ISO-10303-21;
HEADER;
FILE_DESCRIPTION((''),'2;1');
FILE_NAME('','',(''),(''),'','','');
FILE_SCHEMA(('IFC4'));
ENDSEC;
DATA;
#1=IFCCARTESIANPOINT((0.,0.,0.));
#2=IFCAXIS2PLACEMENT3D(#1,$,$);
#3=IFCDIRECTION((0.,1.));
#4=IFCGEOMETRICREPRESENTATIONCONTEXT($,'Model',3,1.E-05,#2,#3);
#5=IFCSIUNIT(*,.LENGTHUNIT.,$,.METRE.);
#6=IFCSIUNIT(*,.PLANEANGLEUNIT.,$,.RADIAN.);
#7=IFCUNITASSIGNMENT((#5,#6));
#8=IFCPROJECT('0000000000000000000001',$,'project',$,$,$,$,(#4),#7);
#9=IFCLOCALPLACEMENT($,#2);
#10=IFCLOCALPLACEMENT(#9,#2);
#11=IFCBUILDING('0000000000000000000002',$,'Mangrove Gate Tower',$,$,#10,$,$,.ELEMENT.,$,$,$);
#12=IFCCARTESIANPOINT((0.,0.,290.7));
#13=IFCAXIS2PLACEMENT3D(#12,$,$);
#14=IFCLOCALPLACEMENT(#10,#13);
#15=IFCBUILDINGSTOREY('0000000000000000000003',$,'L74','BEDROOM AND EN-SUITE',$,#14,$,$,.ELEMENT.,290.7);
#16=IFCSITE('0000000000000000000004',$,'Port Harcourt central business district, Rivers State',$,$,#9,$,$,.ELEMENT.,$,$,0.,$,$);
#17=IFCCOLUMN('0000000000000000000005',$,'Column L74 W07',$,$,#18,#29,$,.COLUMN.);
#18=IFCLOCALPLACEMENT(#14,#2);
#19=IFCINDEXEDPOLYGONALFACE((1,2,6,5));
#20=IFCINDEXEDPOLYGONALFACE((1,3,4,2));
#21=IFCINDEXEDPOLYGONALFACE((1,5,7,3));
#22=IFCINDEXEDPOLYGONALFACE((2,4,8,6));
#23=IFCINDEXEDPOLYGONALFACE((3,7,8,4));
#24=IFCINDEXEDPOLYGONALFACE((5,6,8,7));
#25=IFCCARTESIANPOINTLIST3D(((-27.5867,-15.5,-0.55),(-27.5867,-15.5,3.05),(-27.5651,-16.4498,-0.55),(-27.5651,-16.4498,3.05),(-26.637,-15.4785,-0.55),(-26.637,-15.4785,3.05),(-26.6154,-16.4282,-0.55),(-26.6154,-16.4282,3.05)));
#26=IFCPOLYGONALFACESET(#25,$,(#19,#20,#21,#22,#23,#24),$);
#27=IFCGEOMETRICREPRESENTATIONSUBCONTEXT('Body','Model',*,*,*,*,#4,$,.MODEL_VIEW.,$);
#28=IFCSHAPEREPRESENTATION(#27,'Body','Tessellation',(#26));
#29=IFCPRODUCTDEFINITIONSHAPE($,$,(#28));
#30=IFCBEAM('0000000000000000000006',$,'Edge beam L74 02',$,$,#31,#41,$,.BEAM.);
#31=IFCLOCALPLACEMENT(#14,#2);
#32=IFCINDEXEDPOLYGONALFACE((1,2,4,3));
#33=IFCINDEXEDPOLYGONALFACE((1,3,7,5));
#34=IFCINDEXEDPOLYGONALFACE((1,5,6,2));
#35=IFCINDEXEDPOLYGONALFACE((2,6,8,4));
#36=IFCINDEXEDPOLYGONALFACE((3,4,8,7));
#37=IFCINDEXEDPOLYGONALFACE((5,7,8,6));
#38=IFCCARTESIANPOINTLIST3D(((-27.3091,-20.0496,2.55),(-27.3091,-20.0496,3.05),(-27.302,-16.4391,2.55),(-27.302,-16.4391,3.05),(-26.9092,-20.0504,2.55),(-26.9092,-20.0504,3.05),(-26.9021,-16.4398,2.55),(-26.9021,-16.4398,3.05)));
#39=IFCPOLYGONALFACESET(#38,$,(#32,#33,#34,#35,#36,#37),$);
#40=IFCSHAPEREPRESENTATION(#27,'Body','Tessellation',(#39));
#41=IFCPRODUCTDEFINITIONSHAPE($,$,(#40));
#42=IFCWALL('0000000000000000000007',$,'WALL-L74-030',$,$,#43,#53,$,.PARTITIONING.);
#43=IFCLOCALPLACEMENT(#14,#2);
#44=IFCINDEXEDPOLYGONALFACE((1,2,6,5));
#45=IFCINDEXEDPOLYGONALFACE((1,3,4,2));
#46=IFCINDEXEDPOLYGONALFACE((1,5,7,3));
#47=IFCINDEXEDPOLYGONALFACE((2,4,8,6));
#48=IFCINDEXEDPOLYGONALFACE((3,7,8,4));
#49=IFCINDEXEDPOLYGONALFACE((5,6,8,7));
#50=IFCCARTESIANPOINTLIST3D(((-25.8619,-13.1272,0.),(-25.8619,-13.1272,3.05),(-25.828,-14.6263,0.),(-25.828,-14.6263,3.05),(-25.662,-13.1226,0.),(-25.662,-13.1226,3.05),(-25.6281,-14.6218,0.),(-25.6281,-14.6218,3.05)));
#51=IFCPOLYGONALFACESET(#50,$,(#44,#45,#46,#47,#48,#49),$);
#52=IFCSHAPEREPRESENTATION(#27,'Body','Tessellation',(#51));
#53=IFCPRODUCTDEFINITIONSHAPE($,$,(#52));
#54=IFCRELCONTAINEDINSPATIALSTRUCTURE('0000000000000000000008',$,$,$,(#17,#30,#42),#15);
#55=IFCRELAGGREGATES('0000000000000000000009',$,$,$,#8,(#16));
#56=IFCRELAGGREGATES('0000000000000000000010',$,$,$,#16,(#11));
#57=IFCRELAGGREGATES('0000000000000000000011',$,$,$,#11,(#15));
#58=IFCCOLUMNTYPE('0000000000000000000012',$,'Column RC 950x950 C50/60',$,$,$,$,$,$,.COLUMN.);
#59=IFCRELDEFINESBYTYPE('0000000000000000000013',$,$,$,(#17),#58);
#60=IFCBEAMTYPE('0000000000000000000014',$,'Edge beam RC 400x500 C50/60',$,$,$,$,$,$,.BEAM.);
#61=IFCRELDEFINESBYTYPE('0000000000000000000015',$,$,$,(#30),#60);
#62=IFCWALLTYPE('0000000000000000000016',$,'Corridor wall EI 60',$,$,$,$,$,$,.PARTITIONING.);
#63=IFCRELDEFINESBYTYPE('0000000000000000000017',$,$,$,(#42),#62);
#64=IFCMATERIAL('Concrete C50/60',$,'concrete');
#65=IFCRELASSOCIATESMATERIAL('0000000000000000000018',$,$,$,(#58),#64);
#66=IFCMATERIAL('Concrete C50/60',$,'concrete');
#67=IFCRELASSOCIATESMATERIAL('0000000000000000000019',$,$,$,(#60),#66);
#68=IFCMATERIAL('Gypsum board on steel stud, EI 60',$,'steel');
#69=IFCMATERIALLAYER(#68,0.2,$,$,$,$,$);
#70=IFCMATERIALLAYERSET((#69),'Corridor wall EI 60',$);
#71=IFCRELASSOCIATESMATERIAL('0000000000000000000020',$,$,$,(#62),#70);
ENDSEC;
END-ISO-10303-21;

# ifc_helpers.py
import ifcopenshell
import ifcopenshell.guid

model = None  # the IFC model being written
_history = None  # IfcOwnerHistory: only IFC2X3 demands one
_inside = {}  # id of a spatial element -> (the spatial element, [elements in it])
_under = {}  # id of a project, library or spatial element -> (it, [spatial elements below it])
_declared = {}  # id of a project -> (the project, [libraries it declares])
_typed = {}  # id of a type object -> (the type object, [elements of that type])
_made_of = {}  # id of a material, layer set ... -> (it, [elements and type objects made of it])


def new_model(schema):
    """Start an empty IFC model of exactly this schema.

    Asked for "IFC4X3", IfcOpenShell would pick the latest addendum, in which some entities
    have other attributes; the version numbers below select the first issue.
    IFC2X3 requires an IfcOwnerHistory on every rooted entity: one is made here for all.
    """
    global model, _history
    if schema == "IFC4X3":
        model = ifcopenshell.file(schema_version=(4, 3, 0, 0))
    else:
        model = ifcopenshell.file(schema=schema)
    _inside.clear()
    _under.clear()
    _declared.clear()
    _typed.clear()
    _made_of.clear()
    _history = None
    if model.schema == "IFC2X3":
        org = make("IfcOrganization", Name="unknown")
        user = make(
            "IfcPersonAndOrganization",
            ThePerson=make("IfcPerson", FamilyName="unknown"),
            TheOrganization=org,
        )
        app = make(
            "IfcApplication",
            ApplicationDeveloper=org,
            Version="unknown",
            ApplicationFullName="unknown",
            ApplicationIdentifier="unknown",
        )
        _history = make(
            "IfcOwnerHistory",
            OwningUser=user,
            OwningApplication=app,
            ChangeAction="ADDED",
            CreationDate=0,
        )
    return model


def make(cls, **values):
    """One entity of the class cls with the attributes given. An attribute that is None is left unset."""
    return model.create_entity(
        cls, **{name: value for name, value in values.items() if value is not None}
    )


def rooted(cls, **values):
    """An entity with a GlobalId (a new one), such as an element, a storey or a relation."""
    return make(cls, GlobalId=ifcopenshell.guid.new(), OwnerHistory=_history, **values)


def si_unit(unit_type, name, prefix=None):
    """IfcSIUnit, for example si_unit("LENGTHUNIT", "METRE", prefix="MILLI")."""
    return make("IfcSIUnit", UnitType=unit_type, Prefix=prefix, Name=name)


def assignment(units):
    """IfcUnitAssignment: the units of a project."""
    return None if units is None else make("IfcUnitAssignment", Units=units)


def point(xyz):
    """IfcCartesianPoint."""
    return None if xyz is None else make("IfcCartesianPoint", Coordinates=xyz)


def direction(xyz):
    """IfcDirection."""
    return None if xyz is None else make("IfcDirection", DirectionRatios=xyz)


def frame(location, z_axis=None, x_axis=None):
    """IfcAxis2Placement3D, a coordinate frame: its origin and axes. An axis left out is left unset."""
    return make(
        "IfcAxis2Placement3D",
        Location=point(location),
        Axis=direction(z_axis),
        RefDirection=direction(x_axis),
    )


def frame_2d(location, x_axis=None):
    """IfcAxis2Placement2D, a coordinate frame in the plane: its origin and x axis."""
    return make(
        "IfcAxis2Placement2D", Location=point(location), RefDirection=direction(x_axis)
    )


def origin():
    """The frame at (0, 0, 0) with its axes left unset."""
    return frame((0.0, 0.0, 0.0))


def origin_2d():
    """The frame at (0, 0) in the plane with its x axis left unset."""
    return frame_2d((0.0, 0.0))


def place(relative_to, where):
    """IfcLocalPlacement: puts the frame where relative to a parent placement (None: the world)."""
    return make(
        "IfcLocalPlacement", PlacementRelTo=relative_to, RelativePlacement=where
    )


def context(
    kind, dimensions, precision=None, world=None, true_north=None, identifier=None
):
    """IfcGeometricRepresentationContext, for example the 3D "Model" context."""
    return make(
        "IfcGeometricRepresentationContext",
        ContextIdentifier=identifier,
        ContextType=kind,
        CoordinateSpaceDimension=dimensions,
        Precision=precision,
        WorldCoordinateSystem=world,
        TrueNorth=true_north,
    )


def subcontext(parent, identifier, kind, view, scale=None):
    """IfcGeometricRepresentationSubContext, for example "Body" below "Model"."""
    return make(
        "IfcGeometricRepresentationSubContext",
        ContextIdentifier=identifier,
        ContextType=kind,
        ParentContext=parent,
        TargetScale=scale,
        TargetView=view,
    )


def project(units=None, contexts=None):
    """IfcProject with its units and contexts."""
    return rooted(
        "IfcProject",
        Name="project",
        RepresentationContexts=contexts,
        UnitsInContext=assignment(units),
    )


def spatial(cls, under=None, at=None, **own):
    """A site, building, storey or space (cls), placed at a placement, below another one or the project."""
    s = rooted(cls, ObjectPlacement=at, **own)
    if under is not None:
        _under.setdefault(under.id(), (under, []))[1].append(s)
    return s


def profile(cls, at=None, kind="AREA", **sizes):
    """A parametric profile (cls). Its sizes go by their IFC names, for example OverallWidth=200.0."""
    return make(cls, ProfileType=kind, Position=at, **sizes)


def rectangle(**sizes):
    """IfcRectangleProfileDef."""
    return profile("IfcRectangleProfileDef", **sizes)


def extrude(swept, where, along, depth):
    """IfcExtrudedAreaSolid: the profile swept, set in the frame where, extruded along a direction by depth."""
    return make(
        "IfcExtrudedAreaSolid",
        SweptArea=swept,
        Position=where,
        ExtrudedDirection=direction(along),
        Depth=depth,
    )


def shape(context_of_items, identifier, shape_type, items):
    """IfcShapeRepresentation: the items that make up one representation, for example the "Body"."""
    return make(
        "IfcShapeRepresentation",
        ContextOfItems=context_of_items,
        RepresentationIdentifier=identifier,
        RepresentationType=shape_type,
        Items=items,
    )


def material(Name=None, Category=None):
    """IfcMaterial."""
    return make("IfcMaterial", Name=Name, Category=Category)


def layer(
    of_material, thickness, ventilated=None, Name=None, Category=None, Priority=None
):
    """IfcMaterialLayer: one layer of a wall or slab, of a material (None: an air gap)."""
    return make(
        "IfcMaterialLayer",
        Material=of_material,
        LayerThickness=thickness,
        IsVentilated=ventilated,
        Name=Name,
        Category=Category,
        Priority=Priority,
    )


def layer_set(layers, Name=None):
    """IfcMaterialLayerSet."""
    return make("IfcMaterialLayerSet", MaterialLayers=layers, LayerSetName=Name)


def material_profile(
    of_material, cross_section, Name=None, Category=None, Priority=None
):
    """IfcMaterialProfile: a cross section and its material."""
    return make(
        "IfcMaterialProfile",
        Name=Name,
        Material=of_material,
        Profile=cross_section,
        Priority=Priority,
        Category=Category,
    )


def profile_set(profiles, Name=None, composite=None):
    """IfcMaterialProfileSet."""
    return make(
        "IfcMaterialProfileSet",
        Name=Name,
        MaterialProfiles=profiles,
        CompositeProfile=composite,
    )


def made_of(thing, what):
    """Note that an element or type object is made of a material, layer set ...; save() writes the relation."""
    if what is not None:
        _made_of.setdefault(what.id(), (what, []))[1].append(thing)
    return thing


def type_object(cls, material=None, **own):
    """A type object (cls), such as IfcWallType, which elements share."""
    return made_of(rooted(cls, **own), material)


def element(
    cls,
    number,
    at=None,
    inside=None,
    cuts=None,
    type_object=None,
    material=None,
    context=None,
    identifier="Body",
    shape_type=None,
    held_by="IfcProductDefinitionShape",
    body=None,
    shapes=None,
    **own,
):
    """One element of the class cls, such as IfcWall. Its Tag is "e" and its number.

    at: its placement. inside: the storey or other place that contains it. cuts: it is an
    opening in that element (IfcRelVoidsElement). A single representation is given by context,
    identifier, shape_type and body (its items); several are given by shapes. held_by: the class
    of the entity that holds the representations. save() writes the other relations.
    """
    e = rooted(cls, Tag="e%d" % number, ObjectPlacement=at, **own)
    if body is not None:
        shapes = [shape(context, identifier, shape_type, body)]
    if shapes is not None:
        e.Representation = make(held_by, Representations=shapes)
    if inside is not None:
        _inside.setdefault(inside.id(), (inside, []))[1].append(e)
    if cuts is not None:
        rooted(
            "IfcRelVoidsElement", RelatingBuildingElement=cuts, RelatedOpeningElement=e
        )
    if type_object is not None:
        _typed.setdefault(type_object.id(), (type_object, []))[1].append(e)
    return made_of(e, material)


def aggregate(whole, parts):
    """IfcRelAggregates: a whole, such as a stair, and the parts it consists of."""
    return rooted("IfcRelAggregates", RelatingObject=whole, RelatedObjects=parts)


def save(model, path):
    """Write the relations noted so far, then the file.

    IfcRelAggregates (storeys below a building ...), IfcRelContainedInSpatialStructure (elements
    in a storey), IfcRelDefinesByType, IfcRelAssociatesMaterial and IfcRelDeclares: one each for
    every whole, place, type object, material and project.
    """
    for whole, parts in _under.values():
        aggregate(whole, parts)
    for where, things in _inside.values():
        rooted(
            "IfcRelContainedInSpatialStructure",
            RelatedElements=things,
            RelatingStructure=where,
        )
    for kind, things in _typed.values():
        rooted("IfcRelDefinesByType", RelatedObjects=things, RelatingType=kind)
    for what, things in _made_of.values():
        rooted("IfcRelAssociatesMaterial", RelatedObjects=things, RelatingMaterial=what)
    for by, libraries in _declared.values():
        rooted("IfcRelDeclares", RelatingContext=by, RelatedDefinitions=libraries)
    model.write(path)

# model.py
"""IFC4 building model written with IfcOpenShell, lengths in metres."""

from ifc_helpers import new_model, si_unit, direction, frame, frame_2d, origin, origin_2d, place, context, subcontext, project, spatial, rectangle, extrude, material, layer, layer_set, material_profile, profile_set, type_object, element, save


model = new_model("IFC4")

# Units and contexts
model_context = context("Model", 3, precision=1e-05, world=origin(), true_north=direction((0.0, 1.0)))
body_context = subcontext(model_context, "Body", "Model", "MODEL_VIEW")
ifc_project = project(units=[si_unit("LENGTHUNIT", "METRE"), si_unit("PLANEANGLEUNIT", "RADIAN")], contexts=[model_context])

# Site, building, storey
site_placement = place(None, origin())
site = spatial("IfcSite", under=ifc_project, at=site_placement, Name="Port Harcourt central business district, Rivers State", CompositionType="ELEMENT", RefElevation=0.0)
building_placement = place(site_placement, origin())
building = spatial("IfcBuilding", under=site, at=building_placement, Name="Mangrove Gate Tower", CompositionType="ELEMENT")
storey_placement = place(building_placement, frame((0.0, 0.0, 290.7)))
storey = spatial("IfcBuildingStorey", under=building, at=storey_placement, Name="L74", Description="BEDROOM AND EN-SUITE", CompositionType="ELEMENT", Elevation=290.7)

# Column
ifc_material_1 = material(Name="Concrete C50/60", Category="concrete")
ifc_material_profile_1 = material_profile(ifc_material_1, rectangle(XDim=0.95, YDim=0.95, at=origin_2d()))
ifc_profile_set_1 = profile_set([ifc_material_profile_1], Name="Concrete C50/60")
column_type = type_object("IfcColumnType", Name="Column RC 950x950 C50/60", PredefinedType="COLUMN", material=ifc_profile_set_1)
column_placement = place(storey_placement, frame((-27.1011, -15.9641, -0.55), z_axis=(0.0, 0.0, 1.0), x_axis=(0.022712, -0.999742, 0.0)))
element("IfcColumn", 1, at=column_placement, inside=storey, type_object=column_type, Name="Column L74 W07", PredefinedType="COLUMN", context=body_context, shape_type="SweptSolid", body=[
    extrude(rectangle(XDim=0.95, YDim=0.95, at=origin_2d()), origin(), (0.0, 0.0, 1.0), 3.6001),
])

# Beam
ifc_material_2 = material(Name="Concrete C50/60", Category="concrete")
ifc_material_profile_2 = material_profile(ifc_material_2, rectangle(XDim=0.3999, YDim=0.5, at=origin_2d()))
ifc_profile_set_2 = profile_set([ifc_material_profile_2], Name="Concrete C50/60")
beam_type = type_object("IfcBeamType", Name="Edge beam RC 400x500 C50/60", PredefinedType="BEAM", material=ifc_profile_set_2)
beam_placement = place(storey_placement, frame((-27.1021, -16.4395, 2.8), z_axis=(-0.001961, -0.999998, 0.0), x_axis=(0.999998, -0.001961, 0.0)))
element("IfcBeam", 2, at=beam_placement, inside=storey, type_object=beam_type, Name="Edge beam L74 02", PredefinedType="BEAM", context=body_context, shape_type="SweptSolid", body=[
    extrude(rectangle(XDim=0.3999, YDim=0.5, at=origin_2d()), origin(), (0.0, 0.0, 1.0), 3.6106),
])

# Shared definitions
ifc_material_3 = material(Name="Gypsum board on steel stud, EI 60", Category="steel")
ifc_layer = layer(ifc_material_3, 0.2)
ifc_layer_set = layer_set([ifc_layer], Name="Corridor wall EI 60")
wall_type = type_object("IfcWallType", Name="Corridor wall EI 60", PredefinedType="PARTITIONING", material=ifc_layer_set)

# Wall
wall_1_placement = place(storey_placement, frame((-25.728, -14.624, 0.0), z_axis=(0.0, 0.0, 1.0), x_axis=(-0.022633, 0.999744, 0.0)))
element("IfcWall", 3, at=wall_1_placement, inside=storey, type_object=wall_type, Name="WALL-L74-030", PredefinedType="PARTITIONING", context=body_context, shape_type="SweptSolid", body=[
    extrude(rectangle(XDim=1.4995, YDim=0.2, at=frame_2d((0.7498, 0.0))), origin(), (0.0, 0.0, 1.0), 3.05),
])

save(model, "model.ifc")
